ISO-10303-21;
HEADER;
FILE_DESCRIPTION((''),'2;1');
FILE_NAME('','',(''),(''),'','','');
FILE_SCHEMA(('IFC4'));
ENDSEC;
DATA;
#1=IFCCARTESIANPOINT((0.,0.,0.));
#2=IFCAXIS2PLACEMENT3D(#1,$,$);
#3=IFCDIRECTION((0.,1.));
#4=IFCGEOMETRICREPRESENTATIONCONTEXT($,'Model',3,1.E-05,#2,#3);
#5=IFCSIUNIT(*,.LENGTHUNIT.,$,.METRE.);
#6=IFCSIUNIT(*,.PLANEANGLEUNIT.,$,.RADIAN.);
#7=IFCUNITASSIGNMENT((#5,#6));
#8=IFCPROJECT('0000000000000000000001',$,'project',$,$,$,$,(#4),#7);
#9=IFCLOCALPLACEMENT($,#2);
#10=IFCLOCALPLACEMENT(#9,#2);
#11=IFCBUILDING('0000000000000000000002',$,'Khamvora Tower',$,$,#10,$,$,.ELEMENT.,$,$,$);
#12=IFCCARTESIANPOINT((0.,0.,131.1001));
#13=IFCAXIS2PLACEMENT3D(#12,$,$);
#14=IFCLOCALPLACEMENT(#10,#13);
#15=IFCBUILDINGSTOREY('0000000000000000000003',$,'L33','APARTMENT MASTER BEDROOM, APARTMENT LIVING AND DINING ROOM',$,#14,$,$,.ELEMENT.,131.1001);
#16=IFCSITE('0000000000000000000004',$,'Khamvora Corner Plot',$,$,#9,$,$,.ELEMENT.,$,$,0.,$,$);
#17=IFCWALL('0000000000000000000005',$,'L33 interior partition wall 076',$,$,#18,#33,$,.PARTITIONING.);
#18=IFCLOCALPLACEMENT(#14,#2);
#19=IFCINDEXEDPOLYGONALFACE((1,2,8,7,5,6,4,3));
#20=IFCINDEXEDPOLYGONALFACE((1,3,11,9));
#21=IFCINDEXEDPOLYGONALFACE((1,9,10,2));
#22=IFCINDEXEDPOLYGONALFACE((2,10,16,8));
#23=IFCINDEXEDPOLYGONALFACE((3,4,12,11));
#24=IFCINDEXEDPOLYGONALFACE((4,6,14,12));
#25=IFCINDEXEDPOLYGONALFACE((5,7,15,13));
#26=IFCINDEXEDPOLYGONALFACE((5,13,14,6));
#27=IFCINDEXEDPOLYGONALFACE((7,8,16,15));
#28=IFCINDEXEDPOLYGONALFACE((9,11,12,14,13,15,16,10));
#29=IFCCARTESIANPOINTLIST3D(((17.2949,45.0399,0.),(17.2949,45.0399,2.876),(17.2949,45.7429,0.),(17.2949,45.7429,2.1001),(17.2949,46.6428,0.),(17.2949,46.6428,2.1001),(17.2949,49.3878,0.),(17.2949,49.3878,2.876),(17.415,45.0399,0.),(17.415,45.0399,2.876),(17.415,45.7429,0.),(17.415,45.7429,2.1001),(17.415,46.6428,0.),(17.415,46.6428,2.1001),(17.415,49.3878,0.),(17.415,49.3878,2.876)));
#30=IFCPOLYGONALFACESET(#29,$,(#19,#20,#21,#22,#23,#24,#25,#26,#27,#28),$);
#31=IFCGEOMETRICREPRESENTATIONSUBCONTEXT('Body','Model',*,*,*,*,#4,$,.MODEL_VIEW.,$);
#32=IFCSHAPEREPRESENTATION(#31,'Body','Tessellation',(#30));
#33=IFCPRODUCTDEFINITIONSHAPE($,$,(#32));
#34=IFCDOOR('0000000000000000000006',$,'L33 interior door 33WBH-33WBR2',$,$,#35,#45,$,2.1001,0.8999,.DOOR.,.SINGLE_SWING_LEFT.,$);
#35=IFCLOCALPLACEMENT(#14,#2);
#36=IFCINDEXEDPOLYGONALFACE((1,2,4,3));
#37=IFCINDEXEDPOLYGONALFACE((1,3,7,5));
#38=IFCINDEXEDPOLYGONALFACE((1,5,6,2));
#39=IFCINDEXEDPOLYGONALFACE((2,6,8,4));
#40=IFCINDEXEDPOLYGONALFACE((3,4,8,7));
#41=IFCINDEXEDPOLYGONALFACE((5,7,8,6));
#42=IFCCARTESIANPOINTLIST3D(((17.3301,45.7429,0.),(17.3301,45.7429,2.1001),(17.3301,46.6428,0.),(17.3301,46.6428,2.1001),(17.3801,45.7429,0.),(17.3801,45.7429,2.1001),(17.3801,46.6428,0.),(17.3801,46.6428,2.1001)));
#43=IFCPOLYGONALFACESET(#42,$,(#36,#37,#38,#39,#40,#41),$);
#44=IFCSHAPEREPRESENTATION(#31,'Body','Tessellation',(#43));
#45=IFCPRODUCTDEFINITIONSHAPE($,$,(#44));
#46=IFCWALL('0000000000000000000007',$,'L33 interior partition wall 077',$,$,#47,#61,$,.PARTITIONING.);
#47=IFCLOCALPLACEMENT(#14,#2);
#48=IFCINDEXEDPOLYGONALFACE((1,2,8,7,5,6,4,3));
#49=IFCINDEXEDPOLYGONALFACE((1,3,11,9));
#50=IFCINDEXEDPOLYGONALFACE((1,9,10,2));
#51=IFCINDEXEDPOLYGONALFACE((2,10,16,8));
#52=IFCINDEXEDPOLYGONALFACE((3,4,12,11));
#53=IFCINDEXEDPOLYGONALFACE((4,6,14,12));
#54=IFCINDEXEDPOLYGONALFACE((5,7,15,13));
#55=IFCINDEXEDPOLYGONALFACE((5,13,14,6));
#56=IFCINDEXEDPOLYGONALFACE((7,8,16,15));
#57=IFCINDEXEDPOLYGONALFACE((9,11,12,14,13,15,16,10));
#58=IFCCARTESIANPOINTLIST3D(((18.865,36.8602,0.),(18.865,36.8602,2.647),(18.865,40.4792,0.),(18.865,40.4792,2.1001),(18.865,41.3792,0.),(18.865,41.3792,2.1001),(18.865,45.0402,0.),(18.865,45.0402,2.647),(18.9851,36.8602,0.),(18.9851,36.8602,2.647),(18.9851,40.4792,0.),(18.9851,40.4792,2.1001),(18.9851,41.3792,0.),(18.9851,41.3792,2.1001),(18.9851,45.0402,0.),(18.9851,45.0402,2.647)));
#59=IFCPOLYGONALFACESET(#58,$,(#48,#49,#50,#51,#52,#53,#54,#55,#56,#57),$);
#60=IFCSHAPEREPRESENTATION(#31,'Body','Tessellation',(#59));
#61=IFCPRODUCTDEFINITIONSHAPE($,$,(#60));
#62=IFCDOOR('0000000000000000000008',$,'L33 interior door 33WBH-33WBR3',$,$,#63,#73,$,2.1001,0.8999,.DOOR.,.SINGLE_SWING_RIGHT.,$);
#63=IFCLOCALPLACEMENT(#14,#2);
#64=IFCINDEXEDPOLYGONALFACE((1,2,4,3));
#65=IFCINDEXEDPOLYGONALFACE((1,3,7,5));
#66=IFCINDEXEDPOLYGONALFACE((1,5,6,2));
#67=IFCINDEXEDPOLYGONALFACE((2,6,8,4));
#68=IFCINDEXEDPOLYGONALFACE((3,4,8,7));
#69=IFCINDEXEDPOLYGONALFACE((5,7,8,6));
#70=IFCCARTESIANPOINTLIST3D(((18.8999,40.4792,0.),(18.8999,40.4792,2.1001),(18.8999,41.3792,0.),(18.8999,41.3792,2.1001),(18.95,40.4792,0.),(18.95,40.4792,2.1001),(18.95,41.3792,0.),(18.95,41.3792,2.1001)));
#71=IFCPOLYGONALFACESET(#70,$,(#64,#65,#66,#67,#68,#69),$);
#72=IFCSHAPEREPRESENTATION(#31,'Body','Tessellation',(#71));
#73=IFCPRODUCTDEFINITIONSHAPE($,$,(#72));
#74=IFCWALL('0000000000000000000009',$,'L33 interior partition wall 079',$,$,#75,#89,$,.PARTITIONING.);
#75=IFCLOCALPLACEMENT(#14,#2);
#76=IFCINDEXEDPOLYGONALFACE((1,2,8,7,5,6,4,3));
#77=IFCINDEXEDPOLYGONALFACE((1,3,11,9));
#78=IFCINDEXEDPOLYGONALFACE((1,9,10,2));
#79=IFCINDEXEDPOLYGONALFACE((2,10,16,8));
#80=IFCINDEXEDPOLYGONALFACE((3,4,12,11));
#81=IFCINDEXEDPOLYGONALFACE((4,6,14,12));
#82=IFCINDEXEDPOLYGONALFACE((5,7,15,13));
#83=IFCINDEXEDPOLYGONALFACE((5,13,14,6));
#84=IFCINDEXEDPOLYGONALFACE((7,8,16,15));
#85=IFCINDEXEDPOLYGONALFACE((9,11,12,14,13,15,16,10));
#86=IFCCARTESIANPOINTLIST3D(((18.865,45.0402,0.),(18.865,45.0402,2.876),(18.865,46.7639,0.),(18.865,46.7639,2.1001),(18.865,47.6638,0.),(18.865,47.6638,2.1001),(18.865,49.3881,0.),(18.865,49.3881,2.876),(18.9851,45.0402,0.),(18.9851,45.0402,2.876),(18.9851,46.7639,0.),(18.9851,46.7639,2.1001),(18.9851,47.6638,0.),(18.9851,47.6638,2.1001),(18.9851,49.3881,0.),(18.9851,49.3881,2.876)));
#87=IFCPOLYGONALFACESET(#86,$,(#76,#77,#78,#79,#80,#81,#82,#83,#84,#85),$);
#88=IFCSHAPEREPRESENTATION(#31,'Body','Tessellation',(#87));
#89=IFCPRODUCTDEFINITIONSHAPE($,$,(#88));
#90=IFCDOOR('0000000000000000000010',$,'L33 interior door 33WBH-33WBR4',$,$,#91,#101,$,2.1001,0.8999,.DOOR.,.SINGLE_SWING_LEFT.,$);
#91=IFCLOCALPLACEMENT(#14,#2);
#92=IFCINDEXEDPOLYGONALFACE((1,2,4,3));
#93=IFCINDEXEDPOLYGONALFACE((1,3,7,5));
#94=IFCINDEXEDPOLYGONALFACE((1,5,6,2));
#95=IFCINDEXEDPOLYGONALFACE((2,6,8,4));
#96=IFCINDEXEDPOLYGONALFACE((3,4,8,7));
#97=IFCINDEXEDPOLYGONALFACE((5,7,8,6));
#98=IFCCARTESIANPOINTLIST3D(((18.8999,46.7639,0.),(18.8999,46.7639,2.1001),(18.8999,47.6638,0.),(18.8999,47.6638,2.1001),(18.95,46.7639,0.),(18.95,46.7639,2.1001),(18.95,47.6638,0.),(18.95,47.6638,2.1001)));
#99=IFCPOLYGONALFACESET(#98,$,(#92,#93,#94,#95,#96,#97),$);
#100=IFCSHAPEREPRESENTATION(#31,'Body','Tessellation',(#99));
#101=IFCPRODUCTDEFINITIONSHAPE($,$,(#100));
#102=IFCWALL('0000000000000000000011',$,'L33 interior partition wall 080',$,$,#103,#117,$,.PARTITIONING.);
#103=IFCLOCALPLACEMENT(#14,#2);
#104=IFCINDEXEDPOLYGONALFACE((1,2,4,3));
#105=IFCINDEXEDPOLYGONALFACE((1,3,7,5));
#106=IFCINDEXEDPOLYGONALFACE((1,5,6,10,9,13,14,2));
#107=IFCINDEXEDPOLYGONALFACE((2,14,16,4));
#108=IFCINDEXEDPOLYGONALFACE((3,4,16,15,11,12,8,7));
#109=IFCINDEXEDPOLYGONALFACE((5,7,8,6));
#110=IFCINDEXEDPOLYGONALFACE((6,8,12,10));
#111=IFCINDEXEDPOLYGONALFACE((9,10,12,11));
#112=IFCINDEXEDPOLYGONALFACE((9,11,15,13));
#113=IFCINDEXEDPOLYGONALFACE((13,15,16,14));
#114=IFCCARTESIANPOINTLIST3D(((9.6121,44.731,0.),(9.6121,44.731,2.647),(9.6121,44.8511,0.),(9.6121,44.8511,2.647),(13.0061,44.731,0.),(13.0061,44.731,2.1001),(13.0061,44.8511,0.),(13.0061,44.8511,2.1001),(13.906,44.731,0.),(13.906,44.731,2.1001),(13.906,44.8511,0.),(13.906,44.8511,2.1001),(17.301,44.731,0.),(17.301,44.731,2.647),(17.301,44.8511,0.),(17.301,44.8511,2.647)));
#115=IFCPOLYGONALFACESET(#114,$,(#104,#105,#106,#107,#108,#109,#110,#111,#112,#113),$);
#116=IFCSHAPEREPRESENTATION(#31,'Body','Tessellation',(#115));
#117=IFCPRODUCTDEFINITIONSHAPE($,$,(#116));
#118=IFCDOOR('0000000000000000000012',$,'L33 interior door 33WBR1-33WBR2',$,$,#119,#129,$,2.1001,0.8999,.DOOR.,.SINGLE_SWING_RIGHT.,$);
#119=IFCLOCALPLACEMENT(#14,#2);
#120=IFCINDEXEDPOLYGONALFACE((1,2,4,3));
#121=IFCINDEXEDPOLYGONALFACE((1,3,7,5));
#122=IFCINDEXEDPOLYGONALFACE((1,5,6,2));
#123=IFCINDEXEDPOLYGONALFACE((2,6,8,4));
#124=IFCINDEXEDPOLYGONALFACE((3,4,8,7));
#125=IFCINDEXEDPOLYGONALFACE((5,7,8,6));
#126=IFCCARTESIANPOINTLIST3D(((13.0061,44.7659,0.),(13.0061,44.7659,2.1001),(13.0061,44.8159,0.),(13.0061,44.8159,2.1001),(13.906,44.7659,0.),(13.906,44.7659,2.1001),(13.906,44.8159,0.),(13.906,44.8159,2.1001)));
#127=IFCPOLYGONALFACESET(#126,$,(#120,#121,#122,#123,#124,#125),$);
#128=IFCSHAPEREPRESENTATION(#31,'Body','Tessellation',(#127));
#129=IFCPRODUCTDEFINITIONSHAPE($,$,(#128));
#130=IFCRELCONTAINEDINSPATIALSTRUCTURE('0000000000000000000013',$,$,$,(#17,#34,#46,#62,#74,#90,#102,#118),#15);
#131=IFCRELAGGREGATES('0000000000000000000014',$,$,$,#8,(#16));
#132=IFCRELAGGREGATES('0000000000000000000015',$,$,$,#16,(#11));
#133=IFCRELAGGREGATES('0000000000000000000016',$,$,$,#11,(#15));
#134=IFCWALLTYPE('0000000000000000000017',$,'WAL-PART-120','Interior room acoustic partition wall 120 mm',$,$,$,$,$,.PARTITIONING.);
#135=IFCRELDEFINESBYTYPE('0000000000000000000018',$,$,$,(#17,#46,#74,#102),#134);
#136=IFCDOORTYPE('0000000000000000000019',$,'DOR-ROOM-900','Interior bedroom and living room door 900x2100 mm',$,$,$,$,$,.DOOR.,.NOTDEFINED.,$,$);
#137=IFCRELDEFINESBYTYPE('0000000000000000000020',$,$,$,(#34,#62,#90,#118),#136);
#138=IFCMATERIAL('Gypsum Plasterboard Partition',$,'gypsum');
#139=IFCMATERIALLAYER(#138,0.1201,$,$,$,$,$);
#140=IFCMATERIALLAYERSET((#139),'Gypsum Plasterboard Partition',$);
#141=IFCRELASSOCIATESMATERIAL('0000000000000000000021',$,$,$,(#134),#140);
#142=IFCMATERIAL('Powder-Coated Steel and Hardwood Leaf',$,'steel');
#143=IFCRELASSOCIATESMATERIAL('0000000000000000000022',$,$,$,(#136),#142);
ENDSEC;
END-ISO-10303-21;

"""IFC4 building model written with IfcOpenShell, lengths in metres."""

from ifc_helpers import new_model, si_unit, direction, frame, frame_2d, origin, place, context, subcontext, project, spatial, rectangle, extrude, material, layer, layer_set, type_object, element, fill, save


model = new_model("IFC4")

# Units and contexts
model_context = context("Model", 3, precision=1e-05, world=origin(), true_north=direction((0.0, 1.0)))
body_context = subcontext(model_context, "Body", "Model", "MODEL_VIEW")
ifc_project = project(units=[si_unit("LENGTHUNIT", "METRE"), si_unit("PLANEANGLEUNIT", "RADIAN")], contexts=[model_context])

# Site, building, storey
site_placement = place(None, origin())
site = spatial("IfcSite", under=ifc_project, at=site_placement, Name="Khamvora Corner Plot", CompositionType="ELEMENT", RefElevation=0.0)
building_placement = place(site_placement, origin())
building = spatial("IfcBuilding", under=site, at=building_placement, Name="Khamvora Tower", CompositionType="ELEMENT")
storey_placement = place(building_placement, frame((0.0, 0.0, 131.1001)))
storey = spatial("IfcBuildingStorey", under=building, at=storey_placement, Name="L33", Description="APARTMENT MASTER BEDROOM, APARTMENT LIVING AND DINING ROOM", CompositionType="ELEMENT", Elevation=131.1001)

# Walls, openings, doors
ifc_material_1 = material(Name="Gypsum Plasterboard Partition", Category="gypsum")
ifc_layer_1 = layer(ifc_material_1, 0.1201)
ifc_layer_set_1 = layer_set([ifc_layer_1], Name="Gypsum Plasterboard Partition")
wall_type_1 = type_object("IfcWallType", Name="WAL-PART-120", Description="Interior room acoustic partition wall 120 mm", PredefinedType="PARTITIONING", material=ifc_layer_set_1)
wall_1_placement = place(storey_placement, frame((17.355, 45.04, 0.0), z_axis=(0.0, 0.0, 1.0), x_axis=(0.0, 1.0, 0.0)))
wall_1 = element("IfcWall", 1, at=wall_1_placement, inside=storey, type_object=wall_type_1, Name="L33 interior partition wall 076", PredefinedType="PARTITIONING", context=body_context, shape_type="SweptSolid", body=[
    extrude(rectangle(XDim=4.3479, YDim=0.1201, at=frame_2d((2.1738, 0.0))), origin(), (0.0, 0.0, 1.0), 2.876),
])
opening_1_placement = place(wall_1_placement, frame((0.7029, 0.0, 0.0)))
opening_1 = element("IfcOpeningElement", 2, at=opening_1_placement, cuts=wall_1, PredefinedType="OPENING", context=body_context, shape_type="SweptSolid", body=[
    extrude(rectangle(XDim=0.8999, YDim=2.1001, at=frame_2d((0.45, 1.05))), frame((0.0, 0.0701, 0.0), z_axis=(0.0, -1.0, 0.0), x_axis=(1.0, 0.0, 0.0)), (0.0, 0.0, 1.0), 0.1401),
])
ifc_material_2 = material(Name="Powder-Coated Steel and Hardwood Leaf", Category="steel")
door_type = type_object("IfcDoorType", Name="DOR-ROOM-900", Description="Interior bedroom and living room door 900x2100 mm", OperationType="NOTDEFINED", PredefinedType="DOOR", material=ifc_material_2)
door_1_placement = place(opening_1_placement, origin())
door_1 = element("IfcDoor", 3, at=door_1_placement, inside=storey, type_object=door_type, Name="L33 interior door 33WBH-33WBR2", OperationType="SINGLE_SWING_LEFT", OverallHeight=2.1001, OverallWidth=0.8999, PredefinedType="DOOR", context=body_context, shape_type="SweptSolid", body=[
    extrude(rectangle(XDim=0.8999, YDim=2.1001, at=frame_2d((0.45, 1.05))), frame((0.0, 0.0249, 0.0), z_axis=(0.0, -1.0, 0.0), x_axis=(1.0, 0.0, 0.0)), (0.0, 0.0, 1.0), 0.05),
])
fill(opening_1, door_1)
wall_2_placement = place(storey_placement, frame((18.925, 45.04, 0.0), z_axis=(0.0, 0.0, 1.0), x_axis=(0.0, -1.0, 0.0)))
wall_2 = element("IfcWall", 4, at=wall_2_placement, inside=storey, type_object=wall_type_1, Name="L33 interior partition wall 077", PredefinedType="PARTITIONING", context=body_context, shape_type="SweptSolid", body=[
    extrude(rectangle(XDim=8.1799, YDim=0.1201, at=frame_2d((4.0898, 0.0))), origin(), (0.0, 0.0, 1.0), 2.647),
])
opening_2_placement = place(wall_2_placement, frame((3.6609, 0.0, 0.0)))
opening_2 = element("IfcOpeningElement", 5, at=opening_2_placement, cuts=wall_2, PredefinedType="OPENING", context=body_context, shape_type="SweptSolid", body=[
    extrude(rectangle(XDim=0.8999, YDim=2.1001, at=frame_2d((0.45, 1.05))), frame((0.0, 0.0701, 0.0), z_axis=(0.0, -1.0, 0.0), x_axis=(1.0, 0.0, 0.0)), (0.0, 0.0, 1.0), 0.1401),
])
door_2_placement = place(opening_2_placement, origin())
door_2 = element("IfcDoor", 6, at=door_2_placement, inside=storey, type_object=door_type, Name="L33 interior door 33WBH-33WBR3", OperationType="SINGLE_SWING_RIGHT", OverallHeight=2.1001, OverallWidth=0.8999, PredefinedType="DOOR", context=body_context, shape_type="SweptSolid", body=[
    extrude(rectangle(XDim=0.8999, YDim=2.1001, at=frame_2d((0.45, 1.05))), frame((0.0, 0.0249, 0.0), z_axis=(0.0, -1.0, 0.0), x_axis=(1.0, 0.0, 0.0)), (0.0, 0.0, 1.0), 0.05),
])
fill(opening_2, door_2)
wall_3_placement = place(storey_placement, frame((18.925, 49.3879, 0.0), z_axis=(0.0, 0.0, 1.0), x_axis=(0.0, -1.0, 0.0)))
wall_3 = element("IfcWall", 7, at=wall_3_placement, inside=storey, type_object=wall_type_1, Name="L33 interior partition wall 079", PredefinedType="PARTITIONING", context=body_context, shape_type="SweptSolid", body=[
    extrude(rectangle(XDim=4.3479, YDim=0.1201, at=frame_2d((2.1738, 0.0))), origin(), (0.0, 0.0, 1.0), 2.876),
])
opening_3_placement = place(wall_3_placement, frame((1.7241, 0.0, 0.0)))
opening_3 = element("IfcOpeningElement", 8, at=opening_3_placement, cuts=wall_3, PredefinedType="OPENING", context=body_context, shape_type="SweptSolid", body=[
    extrude(rectangle(XDim=0.8999, YDim=2.1001, at=frame_2d((0.45, 1.05))), frame((0.0, 0.0701, 0.0), z_axis=(0.0, -1.0, 0.0), x_axis=(1.0, 0.0, 0.0)), (0.0, 0.0, 1.0), 0.1401),
])
door_3_placement = place(opening_3_placement, origin())
door_3 = element("IfcDoor", 9, at=door_3_placement, inside=storey, type_object=door_type, Name="L33 interior door 33WBH-33WBR4", OperationType="SINGLE_SWING_LEFT", OverallHeight=2.1001, OverallWidth=0.8999, PredefinedType="DOOR", context=body_context, shape_type="SweptSolid", body=[
    extrude(rectangle(XDim=0.8999, YDim=2.1001, at=frame_2d((0.45, 1.05))), frame((0.0, 0.0249, 0.0), z_axis=(0.0, -1.0, 0.0), x_axis=(1.0, 0.0, 0.0)), (0.0, 0.0, 1.0), 0.05),
])
fill(opening_3, door_3)
wall_4_placement = place(storey_placement, frame((9.6121, 44.791, 0.0), z_axis=(0.0, 0.0, 1.0), x_axis=(1.0, 0.0, 0.0)))
wall_4 = element("IfcWall", 10, at=wall_4_placement, inside=storey, type_object=wall_type_1, Name="L33 interior partition wall 080", PredefinedType="PARTITIONING", context=body_context, shape_type="SweptSolid", body=[
    extrude(rectangle(XDim=7.689, YDim=0.1201, at=frame_2d((3.8445, 0.0))), origin(), (0.0, 0.0, 1.0), 2.647),
])
opening_4_placement = place(wall_4_placement, frame((3.394, 0.0, 0.0)))
opening_4 = element("IfcOpeningElement", 11, at=opening_4_placement, cuts=wall_4, PredefinedType="OPENING", context=body_context, shape_type="SweptSolid", body=[
    extrude(rectangle(XDim=0.8999, YDim=2.1001, at=frame_2d((0.45, 1.05))), frame((0.0, 0.0701, 0.0), z_axis=(0.0, -1.0, 0.0), x_axis=(1.0, 0.0, 0.0)), (0.0, 0.0, 1.0), 0.1401),
])
door_4_placement = place(opening_4_placement, origin())
door_4 = element("IfcDoor", 12, at=door_4_placement, inside=storey, type_object=door_type, Name="L33 interior door 33WBR1-33WBR2", OperationType="SINGLE_SWING_RIGHT", OverallHeight=2.1001, OverallWidth=0.8999, PredefinedType="DOOR", context=body_context, shape_type="SweptSolid", body=[
    extrude(rectangle(XDim=0.8999, YDim=2.1001, at=frame_2d((0.45, 1.05))), frame((0.0, 0.0249, 0.0), z_axis=(0.0, -1.0, 0.0), x_axis=(1.0, 0.0, 0.0)), (0.0, 0.0, 1.0), 0.05),
])
fill(opening_4, door_4)

save(model, "model.ifc")
